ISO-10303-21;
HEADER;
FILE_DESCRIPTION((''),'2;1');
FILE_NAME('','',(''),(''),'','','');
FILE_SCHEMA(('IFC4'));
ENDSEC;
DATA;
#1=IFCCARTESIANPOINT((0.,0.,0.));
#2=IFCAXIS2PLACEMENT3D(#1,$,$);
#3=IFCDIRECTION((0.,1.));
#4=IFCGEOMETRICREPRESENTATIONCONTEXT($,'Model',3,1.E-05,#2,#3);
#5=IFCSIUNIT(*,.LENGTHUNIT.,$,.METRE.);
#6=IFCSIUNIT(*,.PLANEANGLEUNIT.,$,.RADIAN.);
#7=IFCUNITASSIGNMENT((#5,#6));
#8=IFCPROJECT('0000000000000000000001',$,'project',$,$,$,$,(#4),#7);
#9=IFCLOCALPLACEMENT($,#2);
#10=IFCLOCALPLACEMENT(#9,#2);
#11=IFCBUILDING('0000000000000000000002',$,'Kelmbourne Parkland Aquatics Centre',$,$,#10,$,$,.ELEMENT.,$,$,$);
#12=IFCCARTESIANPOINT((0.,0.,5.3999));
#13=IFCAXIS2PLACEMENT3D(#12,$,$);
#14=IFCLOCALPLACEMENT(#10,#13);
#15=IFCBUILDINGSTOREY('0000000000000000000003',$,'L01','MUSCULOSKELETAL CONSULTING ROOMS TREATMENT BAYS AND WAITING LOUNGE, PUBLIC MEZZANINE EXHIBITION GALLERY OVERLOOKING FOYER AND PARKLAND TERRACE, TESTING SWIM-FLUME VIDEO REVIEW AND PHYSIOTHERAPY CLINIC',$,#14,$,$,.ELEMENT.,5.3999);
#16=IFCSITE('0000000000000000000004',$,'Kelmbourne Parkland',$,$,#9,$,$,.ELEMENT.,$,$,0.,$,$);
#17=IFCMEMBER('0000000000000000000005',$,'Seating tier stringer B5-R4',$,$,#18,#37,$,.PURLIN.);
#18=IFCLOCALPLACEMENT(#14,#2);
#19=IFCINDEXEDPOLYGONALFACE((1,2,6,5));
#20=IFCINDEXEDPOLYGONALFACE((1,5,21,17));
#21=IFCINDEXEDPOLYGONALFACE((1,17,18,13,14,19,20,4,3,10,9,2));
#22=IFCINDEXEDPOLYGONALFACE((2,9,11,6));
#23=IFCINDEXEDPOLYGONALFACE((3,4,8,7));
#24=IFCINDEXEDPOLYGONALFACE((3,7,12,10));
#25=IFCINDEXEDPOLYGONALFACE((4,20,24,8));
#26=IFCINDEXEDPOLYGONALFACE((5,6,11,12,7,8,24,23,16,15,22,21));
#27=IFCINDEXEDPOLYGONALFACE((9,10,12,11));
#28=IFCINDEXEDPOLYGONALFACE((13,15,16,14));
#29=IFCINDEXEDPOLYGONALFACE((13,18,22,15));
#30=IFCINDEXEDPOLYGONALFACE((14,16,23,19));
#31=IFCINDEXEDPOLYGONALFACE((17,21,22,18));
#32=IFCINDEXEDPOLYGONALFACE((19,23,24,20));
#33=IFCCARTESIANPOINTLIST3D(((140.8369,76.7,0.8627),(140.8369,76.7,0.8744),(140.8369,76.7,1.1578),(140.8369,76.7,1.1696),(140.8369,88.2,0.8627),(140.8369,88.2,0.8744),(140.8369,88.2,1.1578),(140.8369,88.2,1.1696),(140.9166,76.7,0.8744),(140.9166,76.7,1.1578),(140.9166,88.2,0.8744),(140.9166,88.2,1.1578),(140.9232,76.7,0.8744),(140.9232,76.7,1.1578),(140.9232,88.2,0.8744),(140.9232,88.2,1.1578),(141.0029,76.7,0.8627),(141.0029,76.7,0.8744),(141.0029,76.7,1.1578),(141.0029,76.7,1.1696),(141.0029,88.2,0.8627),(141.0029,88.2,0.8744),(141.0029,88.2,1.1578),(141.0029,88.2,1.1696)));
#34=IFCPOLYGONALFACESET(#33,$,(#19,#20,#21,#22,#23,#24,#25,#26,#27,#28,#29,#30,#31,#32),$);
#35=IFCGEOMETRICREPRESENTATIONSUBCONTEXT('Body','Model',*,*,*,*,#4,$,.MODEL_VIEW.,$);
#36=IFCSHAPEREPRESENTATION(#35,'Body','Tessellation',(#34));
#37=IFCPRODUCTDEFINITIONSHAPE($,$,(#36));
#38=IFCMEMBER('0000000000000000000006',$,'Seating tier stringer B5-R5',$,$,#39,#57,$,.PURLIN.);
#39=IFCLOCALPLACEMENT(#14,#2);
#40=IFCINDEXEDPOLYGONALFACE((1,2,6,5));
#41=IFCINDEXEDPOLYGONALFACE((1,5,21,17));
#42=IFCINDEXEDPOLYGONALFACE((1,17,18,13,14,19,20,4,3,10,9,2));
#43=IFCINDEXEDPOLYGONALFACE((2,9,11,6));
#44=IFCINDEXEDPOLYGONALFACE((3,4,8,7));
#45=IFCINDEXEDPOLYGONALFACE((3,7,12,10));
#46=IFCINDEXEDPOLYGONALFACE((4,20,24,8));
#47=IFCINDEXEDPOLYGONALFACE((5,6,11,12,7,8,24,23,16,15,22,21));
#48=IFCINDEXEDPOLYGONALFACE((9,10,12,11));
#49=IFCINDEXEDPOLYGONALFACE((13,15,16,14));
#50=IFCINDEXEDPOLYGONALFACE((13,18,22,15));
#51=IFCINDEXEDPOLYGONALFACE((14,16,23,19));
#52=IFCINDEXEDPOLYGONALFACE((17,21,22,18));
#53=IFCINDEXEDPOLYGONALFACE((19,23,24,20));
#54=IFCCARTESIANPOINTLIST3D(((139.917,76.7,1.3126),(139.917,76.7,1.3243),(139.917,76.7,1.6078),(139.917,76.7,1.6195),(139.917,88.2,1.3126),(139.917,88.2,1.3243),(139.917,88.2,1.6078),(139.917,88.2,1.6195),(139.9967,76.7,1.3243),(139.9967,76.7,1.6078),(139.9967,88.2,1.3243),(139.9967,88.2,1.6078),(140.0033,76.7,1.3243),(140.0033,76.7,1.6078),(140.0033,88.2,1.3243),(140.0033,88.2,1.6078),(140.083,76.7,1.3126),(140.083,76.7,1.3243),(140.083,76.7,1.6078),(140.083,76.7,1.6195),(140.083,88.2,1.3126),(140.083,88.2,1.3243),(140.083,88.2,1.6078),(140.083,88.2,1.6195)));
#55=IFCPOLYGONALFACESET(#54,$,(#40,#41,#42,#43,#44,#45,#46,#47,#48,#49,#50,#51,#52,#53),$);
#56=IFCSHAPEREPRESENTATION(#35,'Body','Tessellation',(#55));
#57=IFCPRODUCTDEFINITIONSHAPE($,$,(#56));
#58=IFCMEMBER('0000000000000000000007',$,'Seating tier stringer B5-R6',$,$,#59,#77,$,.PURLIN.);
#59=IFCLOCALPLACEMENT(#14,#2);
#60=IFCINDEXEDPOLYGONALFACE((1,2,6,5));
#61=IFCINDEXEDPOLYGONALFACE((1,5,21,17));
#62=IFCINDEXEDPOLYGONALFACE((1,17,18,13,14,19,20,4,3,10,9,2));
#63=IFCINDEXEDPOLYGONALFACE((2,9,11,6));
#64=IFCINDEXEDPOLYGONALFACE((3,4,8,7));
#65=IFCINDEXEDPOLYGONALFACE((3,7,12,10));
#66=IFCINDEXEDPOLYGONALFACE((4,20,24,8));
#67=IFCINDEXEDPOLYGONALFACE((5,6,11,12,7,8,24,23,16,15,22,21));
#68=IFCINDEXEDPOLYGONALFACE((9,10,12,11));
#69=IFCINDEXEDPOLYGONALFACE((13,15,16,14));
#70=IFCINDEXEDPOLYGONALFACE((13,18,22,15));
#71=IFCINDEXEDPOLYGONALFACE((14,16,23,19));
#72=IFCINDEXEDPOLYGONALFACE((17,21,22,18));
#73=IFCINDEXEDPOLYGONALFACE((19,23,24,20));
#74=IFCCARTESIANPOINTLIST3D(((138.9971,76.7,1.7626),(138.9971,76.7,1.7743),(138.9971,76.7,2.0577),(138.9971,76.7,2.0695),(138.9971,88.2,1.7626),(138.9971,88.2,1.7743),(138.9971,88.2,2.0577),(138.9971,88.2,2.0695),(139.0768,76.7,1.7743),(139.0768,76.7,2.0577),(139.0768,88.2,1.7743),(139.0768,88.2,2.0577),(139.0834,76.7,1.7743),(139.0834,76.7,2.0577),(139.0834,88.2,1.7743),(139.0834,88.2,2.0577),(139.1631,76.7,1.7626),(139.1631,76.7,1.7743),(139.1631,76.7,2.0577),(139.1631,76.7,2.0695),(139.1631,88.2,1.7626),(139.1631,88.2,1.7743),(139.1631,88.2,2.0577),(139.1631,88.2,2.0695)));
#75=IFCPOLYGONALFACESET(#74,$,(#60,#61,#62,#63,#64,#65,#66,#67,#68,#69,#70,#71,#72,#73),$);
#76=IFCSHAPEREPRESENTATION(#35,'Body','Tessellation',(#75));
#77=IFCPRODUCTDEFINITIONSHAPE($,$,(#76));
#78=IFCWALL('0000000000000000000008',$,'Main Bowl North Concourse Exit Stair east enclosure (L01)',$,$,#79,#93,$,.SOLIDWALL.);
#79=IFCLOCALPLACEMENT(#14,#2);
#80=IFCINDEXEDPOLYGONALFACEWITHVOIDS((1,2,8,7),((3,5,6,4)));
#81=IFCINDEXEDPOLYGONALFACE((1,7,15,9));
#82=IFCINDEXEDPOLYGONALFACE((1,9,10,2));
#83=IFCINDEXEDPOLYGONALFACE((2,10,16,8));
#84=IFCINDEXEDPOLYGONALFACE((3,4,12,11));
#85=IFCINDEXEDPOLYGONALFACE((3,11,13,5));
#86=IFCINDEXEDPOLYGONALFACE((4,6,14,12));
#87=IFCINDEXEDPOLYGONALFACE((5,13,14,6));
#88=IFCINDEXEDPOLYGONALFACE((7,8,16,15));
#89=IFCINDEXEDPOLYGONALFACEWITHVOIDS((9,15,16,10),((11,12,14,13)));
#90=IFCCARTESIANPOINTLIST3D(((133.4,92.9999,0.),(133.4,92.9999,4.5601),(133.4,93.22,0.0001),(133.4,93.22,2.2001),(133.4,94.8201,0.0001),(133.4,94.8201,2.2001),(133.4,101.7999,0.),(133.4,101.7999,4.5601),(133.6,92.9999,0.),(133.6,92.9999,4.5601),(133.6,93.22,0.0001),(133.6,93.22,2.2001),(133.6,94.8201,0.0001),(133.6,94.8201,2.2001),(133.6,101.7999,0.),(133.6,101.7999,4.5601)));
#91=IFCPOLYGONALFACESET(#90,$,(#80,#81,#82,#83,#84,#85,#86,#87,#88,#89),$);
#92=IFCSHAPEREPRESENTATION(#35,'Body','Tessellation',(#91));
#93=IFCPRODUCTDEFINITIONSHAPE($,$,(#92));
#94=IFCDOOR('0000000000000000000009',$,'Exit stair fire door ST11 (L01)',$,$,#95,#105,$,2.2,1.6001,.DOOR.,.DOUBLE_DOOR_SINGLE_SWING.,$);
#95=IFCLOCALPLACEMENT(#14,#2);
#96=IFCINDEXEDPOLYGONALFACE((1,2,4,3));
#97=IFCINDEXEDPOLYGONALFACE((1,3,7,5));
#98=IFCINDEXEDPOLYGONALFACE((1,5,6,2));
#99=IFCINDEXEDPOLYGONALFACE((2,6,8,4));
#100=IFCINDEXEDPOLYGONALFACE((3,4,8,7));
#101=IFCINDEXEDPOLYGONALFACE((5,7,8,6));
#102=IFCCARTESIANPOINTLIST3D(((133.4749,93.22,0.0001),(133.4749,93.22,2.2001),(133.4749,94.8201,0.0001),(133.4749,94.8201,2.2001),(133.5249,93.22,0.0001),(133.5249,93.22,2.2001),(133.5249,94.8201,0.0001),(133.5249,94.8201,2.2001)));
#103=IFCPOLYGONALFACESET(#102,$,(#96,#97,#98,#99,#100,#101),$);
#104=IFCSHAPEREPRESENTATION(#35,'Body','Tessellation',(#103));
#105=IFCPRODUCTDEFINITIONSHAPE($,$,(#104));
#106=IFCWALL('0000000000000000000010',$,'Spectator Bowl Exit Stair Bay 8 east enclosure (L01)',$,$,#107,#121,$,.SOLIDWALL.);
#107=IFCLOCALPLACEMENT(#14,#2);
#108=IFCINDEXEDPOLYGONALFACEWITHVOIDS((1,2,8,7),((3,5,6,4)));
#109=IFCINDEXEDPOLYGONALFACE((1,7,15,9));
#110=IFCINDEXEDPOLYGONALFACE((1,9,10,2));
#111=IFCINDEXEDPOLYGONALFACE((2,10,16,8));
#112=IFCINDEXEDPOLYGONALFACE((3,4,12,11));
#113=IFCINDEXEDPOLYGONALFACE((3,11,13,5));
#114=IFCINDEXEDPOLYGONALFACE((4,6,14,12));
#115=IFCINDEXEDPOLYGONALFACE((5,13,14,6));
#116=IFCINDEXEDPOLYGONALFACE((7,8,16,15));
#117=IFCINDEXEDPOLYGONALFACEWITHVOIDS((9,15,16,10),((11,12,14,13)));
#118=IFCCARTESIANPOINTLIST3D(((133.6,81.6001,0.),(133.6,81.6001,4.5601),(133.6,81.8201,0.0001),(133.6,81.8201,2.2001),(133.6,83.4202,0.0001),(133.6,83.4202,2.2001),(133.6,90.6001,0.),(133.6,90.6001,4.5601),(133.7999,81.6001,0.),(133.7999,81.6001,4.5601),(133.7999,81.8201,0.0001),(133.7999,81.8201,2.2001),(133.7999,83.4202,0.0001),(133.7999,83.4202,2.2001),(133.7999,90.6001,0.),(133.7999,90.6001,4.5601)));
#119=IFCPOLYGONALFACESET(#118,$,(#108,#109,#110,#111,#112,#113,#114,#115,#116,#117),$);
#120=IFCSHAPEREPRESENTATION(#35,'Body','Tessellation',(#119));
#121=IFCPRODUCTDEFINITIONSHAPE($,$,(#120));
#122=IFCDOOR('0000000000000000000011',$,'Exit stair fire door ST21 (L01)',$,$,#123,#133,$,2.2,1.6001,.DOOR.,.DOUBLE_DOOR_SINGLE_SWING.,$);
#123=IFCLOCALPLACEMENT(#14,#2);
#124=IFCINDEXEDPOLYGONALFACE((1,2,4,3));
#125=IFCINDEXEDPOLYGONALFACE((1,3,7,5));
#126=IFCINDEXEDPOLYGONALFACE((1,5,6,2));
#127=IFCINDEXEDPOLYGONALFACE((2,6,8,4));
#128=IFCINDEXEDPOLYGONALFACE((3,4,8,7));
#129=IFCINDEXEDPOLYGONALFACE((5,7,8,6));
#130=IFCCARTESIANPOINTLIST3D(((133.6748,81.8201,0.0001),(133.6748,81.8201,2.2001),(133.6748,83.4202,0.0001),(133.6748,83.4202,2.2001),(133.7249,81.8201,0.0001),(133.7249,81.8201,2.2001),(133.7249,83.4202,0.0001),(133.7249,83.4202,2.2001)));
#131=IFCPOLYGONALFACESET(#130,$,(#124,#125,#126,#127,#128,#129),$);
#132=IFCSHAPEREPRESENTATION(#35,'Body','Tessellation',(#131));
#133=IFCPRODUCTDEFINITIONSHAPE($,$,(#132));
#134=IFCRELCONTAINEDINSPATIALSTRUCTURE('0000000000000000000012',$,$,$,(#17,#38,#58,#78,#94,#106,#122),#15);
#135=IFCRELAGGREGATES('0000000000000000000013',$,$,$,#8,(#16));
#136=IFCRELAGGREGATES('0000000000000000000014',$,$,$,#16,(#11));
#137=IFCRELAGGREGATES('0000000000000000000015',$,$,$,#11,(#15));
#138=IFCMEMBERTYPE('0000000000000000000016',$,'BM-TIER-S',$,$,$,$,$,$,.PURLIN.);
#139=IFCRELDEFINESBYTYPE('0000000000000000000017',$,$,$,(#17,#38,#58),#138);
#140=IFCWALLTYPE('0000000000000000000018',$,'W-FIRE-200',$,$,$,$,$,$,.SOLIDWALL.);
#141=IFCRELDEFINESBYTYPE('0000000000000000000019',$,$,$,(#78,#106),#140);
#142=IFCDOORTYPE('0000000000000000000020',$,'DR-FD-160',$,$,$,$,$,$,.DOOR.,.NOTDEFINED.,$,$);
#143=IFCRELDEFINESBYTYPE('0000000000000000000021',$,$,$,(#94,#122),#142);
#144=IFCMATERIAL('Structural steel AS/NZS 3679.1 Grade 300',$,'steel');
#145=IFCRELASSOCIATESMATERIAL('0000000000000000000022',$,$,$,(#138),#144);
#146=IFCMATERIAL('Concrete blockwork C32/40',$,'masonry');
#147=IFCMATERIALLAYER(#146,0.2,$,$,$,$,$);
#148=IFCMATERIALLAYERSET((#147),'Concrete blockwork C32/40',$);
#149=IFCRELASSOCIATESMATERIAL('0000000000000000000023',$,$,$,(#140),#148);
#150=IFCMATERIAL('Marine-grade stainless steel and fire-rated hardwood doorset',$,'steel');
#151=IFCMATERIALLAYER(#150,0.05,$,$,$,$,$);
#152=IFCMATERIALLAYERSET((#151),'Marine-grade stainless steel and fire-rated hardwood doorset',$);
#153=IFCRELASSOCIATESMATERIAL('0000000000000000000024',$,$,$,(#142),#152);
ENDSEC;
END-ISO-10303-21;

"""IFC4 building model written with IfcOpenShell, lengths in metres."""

from ifc_helpers import new_model, si_unit, direction, frame, frame_2d, origin, origin_2d, place, context, subcontext, project, spatial, rectangle, i_section, extrude, material, layer, layer_set, material_profile, profile_set, type_object, element, fill, save


model = new_model("IFC4")

# Units and contexts
model_context = context("Model", 3, precision=1e-05, world=origin(), true_north=direction((0.0, 1.0)))
body_context = subcontext(model_context, "Body", "Model", "MODEL_VIEW")
ifc_project = project(units=[si_unit("LENGTHUNIT", "METRE"), si_unit("PLANEANGLEUNIT", "RADIAN")], contexts=[model_context])

# Site, building, storey
site_placement = place(None, origin())
site = spatial("IfcSite", under=ifc_project, at=site_placement, Name="Kelmbourne Parkland", CompositionType="ELEMENT", RefElevation=0.0)
building_placement = place(site_placement, origin())
building = spatial("IfcBuilding", under=site, at=building_placement, Name="Kelmbourne Parkland Aquatics Centre", CompositionType="ELEMENT")
storey_placement = place(building_placement, frame((0.0, 0.0, 5.3999)))
storey = spatial("IfcBuildingStorey", under=building, at=storey_placement, Name="L01", Description="MUSCULOSKELETAL CONSULTING ROOMS TREATMENT BAYS AND WAITING LOUNGE, PUBLIC MEZZANINE EXHIBITION GALLERY OVERLOOKING FOYER AND PARKLAND TERRACE, TESTING SWIM-FLUME VIDEO REVIEW AND PHYSIOTHERAPY CLINIC", CompositionType="ELEMENT", Elevation=5.3999)

# Shared definitions
ifc_material_1 = material(Name="Structural steel AS/NZS 3679.1 Grade 300", Category="steel")

# Members
ifc_material_profile_1 = material_profile(ifc_material_1, i_section(OverallWidth=0.166, OverallDepth=0.3069, WebThickness=0.0066, FlangeThickness=0.0117, at=origin_2d()), Name="310UB46.2")
ifc_profile_set_1 = profile_set([ifc_material_profile_1], Name="Structural steel AS/NZS 3679.1 Grade 300")
member_type = type_object("IfcMemberType", Name="BM-TIER-S", PredefinedType="PURLIN", material=ifc_profile_set_1)
for number, where, z_axis, x_axis, name in (
    (1, (140.9199, 76.7, 1.0161), (0.0, 1.0, 0.0), (-1.0, 0.0, 0.0), "Seating tier stringer B5-R4"),
    (2, (140.0, 76.7, 1.4661), (0.0, 1.0, 0.0), (-1.0, 0.0, 0.0), "Seating tier stringer B5-R5"),
    (3, (139.0801, 76.7, 1.916), (0.0, 1.0, 0.0), (-1.0, 0.0, 0.0), "Seating tier stringer B5-R6"),
):
    element("IfcMember", number, at=place(storey_placement, frame(where, z_axis=z_axis, x_axis=x_axis)), inside=storey, type_object=member_type, Name=name, PredefinedType="PURLIN", context=body_context, shape_type="SweptSolid", body=[
        extrude(i_section(OverallWidth=0.166, OverallDepth=0.3069, WebThickness=0.0066, FlangeThickness=0.0117, at=origin_2d()), origin(), (0.0, 0.0, 1.0), 11.5),
    ])

# Walls, openings, doors
ifc_material_2 = material(Name="Concrete blockwork C32/40", Category="masonry")
ifc_layer_1 = layer(ifc_material_2, 0.2)
ifc_layer_set_1 = layer_set([ifc_layer_1], Name="Concrete blockwork C32/40")
wall_type = type_object("IfcWallType", Name="W-FIRE-200", PredefinedType="SOLIDWALL", material=ifc_layer_set_1)
wall_1_placement = place(storey_placement, frame((133.5, 93.0, 0.0), z_axis=(0.0, 0.0, 1.0), x_axis=(0.0, 1.0, 0.0)))
wall_1 = element("IfcWall", 4, at=wall_1_placement, inside=storey, type_object=wall_type, Name="Main Bowl North Concourse Exit Stair east enclosure (L01)", PredefinedType="SOLIDWALL", context=body_context, shape_type="SweptSolid", body=[
    extrude(rectangle(XDim=8.8, YDim=0.2, at=frame_2d((4.3999, 0.0))), origin(), (0.0, 0.0, 1.0), 4.5601),
])
opening_1_placement = place(wall_1_placement, frame((0.22, 0.0, 0.0)))
opening_1 = element("IfcOpeningElement", 5, at=opening_1_placement, cuts=wall_1, PredefinedType="OPENING", context=body_context, shape_type="SweptSolid", body=[
    extrude(rectangle(XDim=1.6001, YDim=2.2, at=frame_2d((0.8, 1.1001))), frame((0.0, 0.1118, 0.0), z_axis=(0.0, -1.0, 0.0), x_axis=(1.0, 0.0, 0.0)), (0.0, 0.0, 1.0), 0.2239),
])
ifc_material_3 = material(Name="Marine-grade stainless steel and fire-rated hardwood doorset", Category="steel")
ifc_layer_2 = layer(ifc_material_3, 0.05)
ifc_layer_set_2 = layer_set([ifc_layer_2], Name="Marine-grade stainless steel and fire-rated hardwood doorset")
door_type = type_object("IfcDoorType", Name="DR-FD-160", OperationType="NOTDEFINED", PredefinedType="DOOR", material=ifc_layer_set_2)
door_1_placement = place(opening_1_placement, frame((1.6001, 0.0, 0.0), z_axis=(0.0, 0.0, 1.0), x_axis=(-1.0, 0.0, 0.0)))
door_1 = element("IfcDoor", 6, at=door_1_placement, inside=storey, type_object=door_type, Name="Exit stair fire door ST11 (L01)", OperationType="DOUBLE_DOOR_SINGLE_SWING", OverallHeight=2.2, OverallWidth=1.6001, PredefinedType="DOOR", context=body_context, shape_type="SweptSolid", body=[
    extrude(rectangle(XDim=1.6001, YDim=2.2, at=frame_2d((0.8, 1.1001))), frame((0.0, 0.0249, 0.0), z_axis=(0.0, -1.0, 0.0), x_axis=(1.0, 0.0, 0.0)), (0.0, 0.0, 1.0), 0.05),
])
fill(opening_1, door_1)
wall_2_placement = place(storey_placement, frame((133.7, 81.6001, 0.0), z_axis=(0.0, 0.0, 1.0), x_axis=(0.0, 1.0, 0.0)))
wall_2 = element("IfcWall", 7, at=wall_2_placement, inside=storey, type_object=wall_type, Name="Spectator Bowl Exit Stair Bay 8 east enclosure (L01)", PredefinedType="SOLIDWALL", context=body_context, shape_type="SweptSolid", body=[
    extrude(rectangle(XDim=9.0, YDim=0.2, at=frame_2d((4.5, 0.0))), origin(), (0.0, 0.0, 1.0), 4.5601),
])
opening_2_placement = place(wall_2_placement, frame((0.22, 0.0, 0.0)))
opening_2 = element("IfcOpeningElement", 8, at=opening_2_placement, cuts=wall_2, PredefinedType="OPENING", context=body_context, shape_type="SweptSolid", body=[
    extrude(rectangle(XDim=1.6001, YDim=2.2, at=frame_2d((0.8, 1.1001))), frame((0.0, 0.1118, 0.0), z_axis=(0.0, -1.0, 0.0), x_axis=(1.0, 0.0, 0.0)), (0.0, 0.0, 1.0), 0.2239),
])
door_2_placement = place(opening_2_placement, frame((1.6001, 0.0, 0.0), z_axis=(0.0, 0.0, 1.0), x_axis=(-1.0, 0.0, 0.0)))
door_2 = element("IfcDoor", 9, at=door_2_placement, inside=storey, type_object=door_type, Name="Exit stair fire door ST21 (L01)", OperationType="DOUBLE_DOOR_SINGLE_SWING", OverallHeight=2.2, OverallWidth=1.6001, PredefinedType="DOOR", context=body_context, shape_type="SweptSolid", body=[
    extrude(rectangle(XDim=1.6001, YDim=2.2, at=frame_2d((0.8, 1.1001))), frame((0.0, 0.0249, 0.0), z_axis=(0.0, -1.0, 0.0), x_axis=(1.0, 0.0, 0.0)), (0.0, 0.0, 1.0), 0.05),
])
fill(opening_2, door_2)

save(model, "model.ifc")
